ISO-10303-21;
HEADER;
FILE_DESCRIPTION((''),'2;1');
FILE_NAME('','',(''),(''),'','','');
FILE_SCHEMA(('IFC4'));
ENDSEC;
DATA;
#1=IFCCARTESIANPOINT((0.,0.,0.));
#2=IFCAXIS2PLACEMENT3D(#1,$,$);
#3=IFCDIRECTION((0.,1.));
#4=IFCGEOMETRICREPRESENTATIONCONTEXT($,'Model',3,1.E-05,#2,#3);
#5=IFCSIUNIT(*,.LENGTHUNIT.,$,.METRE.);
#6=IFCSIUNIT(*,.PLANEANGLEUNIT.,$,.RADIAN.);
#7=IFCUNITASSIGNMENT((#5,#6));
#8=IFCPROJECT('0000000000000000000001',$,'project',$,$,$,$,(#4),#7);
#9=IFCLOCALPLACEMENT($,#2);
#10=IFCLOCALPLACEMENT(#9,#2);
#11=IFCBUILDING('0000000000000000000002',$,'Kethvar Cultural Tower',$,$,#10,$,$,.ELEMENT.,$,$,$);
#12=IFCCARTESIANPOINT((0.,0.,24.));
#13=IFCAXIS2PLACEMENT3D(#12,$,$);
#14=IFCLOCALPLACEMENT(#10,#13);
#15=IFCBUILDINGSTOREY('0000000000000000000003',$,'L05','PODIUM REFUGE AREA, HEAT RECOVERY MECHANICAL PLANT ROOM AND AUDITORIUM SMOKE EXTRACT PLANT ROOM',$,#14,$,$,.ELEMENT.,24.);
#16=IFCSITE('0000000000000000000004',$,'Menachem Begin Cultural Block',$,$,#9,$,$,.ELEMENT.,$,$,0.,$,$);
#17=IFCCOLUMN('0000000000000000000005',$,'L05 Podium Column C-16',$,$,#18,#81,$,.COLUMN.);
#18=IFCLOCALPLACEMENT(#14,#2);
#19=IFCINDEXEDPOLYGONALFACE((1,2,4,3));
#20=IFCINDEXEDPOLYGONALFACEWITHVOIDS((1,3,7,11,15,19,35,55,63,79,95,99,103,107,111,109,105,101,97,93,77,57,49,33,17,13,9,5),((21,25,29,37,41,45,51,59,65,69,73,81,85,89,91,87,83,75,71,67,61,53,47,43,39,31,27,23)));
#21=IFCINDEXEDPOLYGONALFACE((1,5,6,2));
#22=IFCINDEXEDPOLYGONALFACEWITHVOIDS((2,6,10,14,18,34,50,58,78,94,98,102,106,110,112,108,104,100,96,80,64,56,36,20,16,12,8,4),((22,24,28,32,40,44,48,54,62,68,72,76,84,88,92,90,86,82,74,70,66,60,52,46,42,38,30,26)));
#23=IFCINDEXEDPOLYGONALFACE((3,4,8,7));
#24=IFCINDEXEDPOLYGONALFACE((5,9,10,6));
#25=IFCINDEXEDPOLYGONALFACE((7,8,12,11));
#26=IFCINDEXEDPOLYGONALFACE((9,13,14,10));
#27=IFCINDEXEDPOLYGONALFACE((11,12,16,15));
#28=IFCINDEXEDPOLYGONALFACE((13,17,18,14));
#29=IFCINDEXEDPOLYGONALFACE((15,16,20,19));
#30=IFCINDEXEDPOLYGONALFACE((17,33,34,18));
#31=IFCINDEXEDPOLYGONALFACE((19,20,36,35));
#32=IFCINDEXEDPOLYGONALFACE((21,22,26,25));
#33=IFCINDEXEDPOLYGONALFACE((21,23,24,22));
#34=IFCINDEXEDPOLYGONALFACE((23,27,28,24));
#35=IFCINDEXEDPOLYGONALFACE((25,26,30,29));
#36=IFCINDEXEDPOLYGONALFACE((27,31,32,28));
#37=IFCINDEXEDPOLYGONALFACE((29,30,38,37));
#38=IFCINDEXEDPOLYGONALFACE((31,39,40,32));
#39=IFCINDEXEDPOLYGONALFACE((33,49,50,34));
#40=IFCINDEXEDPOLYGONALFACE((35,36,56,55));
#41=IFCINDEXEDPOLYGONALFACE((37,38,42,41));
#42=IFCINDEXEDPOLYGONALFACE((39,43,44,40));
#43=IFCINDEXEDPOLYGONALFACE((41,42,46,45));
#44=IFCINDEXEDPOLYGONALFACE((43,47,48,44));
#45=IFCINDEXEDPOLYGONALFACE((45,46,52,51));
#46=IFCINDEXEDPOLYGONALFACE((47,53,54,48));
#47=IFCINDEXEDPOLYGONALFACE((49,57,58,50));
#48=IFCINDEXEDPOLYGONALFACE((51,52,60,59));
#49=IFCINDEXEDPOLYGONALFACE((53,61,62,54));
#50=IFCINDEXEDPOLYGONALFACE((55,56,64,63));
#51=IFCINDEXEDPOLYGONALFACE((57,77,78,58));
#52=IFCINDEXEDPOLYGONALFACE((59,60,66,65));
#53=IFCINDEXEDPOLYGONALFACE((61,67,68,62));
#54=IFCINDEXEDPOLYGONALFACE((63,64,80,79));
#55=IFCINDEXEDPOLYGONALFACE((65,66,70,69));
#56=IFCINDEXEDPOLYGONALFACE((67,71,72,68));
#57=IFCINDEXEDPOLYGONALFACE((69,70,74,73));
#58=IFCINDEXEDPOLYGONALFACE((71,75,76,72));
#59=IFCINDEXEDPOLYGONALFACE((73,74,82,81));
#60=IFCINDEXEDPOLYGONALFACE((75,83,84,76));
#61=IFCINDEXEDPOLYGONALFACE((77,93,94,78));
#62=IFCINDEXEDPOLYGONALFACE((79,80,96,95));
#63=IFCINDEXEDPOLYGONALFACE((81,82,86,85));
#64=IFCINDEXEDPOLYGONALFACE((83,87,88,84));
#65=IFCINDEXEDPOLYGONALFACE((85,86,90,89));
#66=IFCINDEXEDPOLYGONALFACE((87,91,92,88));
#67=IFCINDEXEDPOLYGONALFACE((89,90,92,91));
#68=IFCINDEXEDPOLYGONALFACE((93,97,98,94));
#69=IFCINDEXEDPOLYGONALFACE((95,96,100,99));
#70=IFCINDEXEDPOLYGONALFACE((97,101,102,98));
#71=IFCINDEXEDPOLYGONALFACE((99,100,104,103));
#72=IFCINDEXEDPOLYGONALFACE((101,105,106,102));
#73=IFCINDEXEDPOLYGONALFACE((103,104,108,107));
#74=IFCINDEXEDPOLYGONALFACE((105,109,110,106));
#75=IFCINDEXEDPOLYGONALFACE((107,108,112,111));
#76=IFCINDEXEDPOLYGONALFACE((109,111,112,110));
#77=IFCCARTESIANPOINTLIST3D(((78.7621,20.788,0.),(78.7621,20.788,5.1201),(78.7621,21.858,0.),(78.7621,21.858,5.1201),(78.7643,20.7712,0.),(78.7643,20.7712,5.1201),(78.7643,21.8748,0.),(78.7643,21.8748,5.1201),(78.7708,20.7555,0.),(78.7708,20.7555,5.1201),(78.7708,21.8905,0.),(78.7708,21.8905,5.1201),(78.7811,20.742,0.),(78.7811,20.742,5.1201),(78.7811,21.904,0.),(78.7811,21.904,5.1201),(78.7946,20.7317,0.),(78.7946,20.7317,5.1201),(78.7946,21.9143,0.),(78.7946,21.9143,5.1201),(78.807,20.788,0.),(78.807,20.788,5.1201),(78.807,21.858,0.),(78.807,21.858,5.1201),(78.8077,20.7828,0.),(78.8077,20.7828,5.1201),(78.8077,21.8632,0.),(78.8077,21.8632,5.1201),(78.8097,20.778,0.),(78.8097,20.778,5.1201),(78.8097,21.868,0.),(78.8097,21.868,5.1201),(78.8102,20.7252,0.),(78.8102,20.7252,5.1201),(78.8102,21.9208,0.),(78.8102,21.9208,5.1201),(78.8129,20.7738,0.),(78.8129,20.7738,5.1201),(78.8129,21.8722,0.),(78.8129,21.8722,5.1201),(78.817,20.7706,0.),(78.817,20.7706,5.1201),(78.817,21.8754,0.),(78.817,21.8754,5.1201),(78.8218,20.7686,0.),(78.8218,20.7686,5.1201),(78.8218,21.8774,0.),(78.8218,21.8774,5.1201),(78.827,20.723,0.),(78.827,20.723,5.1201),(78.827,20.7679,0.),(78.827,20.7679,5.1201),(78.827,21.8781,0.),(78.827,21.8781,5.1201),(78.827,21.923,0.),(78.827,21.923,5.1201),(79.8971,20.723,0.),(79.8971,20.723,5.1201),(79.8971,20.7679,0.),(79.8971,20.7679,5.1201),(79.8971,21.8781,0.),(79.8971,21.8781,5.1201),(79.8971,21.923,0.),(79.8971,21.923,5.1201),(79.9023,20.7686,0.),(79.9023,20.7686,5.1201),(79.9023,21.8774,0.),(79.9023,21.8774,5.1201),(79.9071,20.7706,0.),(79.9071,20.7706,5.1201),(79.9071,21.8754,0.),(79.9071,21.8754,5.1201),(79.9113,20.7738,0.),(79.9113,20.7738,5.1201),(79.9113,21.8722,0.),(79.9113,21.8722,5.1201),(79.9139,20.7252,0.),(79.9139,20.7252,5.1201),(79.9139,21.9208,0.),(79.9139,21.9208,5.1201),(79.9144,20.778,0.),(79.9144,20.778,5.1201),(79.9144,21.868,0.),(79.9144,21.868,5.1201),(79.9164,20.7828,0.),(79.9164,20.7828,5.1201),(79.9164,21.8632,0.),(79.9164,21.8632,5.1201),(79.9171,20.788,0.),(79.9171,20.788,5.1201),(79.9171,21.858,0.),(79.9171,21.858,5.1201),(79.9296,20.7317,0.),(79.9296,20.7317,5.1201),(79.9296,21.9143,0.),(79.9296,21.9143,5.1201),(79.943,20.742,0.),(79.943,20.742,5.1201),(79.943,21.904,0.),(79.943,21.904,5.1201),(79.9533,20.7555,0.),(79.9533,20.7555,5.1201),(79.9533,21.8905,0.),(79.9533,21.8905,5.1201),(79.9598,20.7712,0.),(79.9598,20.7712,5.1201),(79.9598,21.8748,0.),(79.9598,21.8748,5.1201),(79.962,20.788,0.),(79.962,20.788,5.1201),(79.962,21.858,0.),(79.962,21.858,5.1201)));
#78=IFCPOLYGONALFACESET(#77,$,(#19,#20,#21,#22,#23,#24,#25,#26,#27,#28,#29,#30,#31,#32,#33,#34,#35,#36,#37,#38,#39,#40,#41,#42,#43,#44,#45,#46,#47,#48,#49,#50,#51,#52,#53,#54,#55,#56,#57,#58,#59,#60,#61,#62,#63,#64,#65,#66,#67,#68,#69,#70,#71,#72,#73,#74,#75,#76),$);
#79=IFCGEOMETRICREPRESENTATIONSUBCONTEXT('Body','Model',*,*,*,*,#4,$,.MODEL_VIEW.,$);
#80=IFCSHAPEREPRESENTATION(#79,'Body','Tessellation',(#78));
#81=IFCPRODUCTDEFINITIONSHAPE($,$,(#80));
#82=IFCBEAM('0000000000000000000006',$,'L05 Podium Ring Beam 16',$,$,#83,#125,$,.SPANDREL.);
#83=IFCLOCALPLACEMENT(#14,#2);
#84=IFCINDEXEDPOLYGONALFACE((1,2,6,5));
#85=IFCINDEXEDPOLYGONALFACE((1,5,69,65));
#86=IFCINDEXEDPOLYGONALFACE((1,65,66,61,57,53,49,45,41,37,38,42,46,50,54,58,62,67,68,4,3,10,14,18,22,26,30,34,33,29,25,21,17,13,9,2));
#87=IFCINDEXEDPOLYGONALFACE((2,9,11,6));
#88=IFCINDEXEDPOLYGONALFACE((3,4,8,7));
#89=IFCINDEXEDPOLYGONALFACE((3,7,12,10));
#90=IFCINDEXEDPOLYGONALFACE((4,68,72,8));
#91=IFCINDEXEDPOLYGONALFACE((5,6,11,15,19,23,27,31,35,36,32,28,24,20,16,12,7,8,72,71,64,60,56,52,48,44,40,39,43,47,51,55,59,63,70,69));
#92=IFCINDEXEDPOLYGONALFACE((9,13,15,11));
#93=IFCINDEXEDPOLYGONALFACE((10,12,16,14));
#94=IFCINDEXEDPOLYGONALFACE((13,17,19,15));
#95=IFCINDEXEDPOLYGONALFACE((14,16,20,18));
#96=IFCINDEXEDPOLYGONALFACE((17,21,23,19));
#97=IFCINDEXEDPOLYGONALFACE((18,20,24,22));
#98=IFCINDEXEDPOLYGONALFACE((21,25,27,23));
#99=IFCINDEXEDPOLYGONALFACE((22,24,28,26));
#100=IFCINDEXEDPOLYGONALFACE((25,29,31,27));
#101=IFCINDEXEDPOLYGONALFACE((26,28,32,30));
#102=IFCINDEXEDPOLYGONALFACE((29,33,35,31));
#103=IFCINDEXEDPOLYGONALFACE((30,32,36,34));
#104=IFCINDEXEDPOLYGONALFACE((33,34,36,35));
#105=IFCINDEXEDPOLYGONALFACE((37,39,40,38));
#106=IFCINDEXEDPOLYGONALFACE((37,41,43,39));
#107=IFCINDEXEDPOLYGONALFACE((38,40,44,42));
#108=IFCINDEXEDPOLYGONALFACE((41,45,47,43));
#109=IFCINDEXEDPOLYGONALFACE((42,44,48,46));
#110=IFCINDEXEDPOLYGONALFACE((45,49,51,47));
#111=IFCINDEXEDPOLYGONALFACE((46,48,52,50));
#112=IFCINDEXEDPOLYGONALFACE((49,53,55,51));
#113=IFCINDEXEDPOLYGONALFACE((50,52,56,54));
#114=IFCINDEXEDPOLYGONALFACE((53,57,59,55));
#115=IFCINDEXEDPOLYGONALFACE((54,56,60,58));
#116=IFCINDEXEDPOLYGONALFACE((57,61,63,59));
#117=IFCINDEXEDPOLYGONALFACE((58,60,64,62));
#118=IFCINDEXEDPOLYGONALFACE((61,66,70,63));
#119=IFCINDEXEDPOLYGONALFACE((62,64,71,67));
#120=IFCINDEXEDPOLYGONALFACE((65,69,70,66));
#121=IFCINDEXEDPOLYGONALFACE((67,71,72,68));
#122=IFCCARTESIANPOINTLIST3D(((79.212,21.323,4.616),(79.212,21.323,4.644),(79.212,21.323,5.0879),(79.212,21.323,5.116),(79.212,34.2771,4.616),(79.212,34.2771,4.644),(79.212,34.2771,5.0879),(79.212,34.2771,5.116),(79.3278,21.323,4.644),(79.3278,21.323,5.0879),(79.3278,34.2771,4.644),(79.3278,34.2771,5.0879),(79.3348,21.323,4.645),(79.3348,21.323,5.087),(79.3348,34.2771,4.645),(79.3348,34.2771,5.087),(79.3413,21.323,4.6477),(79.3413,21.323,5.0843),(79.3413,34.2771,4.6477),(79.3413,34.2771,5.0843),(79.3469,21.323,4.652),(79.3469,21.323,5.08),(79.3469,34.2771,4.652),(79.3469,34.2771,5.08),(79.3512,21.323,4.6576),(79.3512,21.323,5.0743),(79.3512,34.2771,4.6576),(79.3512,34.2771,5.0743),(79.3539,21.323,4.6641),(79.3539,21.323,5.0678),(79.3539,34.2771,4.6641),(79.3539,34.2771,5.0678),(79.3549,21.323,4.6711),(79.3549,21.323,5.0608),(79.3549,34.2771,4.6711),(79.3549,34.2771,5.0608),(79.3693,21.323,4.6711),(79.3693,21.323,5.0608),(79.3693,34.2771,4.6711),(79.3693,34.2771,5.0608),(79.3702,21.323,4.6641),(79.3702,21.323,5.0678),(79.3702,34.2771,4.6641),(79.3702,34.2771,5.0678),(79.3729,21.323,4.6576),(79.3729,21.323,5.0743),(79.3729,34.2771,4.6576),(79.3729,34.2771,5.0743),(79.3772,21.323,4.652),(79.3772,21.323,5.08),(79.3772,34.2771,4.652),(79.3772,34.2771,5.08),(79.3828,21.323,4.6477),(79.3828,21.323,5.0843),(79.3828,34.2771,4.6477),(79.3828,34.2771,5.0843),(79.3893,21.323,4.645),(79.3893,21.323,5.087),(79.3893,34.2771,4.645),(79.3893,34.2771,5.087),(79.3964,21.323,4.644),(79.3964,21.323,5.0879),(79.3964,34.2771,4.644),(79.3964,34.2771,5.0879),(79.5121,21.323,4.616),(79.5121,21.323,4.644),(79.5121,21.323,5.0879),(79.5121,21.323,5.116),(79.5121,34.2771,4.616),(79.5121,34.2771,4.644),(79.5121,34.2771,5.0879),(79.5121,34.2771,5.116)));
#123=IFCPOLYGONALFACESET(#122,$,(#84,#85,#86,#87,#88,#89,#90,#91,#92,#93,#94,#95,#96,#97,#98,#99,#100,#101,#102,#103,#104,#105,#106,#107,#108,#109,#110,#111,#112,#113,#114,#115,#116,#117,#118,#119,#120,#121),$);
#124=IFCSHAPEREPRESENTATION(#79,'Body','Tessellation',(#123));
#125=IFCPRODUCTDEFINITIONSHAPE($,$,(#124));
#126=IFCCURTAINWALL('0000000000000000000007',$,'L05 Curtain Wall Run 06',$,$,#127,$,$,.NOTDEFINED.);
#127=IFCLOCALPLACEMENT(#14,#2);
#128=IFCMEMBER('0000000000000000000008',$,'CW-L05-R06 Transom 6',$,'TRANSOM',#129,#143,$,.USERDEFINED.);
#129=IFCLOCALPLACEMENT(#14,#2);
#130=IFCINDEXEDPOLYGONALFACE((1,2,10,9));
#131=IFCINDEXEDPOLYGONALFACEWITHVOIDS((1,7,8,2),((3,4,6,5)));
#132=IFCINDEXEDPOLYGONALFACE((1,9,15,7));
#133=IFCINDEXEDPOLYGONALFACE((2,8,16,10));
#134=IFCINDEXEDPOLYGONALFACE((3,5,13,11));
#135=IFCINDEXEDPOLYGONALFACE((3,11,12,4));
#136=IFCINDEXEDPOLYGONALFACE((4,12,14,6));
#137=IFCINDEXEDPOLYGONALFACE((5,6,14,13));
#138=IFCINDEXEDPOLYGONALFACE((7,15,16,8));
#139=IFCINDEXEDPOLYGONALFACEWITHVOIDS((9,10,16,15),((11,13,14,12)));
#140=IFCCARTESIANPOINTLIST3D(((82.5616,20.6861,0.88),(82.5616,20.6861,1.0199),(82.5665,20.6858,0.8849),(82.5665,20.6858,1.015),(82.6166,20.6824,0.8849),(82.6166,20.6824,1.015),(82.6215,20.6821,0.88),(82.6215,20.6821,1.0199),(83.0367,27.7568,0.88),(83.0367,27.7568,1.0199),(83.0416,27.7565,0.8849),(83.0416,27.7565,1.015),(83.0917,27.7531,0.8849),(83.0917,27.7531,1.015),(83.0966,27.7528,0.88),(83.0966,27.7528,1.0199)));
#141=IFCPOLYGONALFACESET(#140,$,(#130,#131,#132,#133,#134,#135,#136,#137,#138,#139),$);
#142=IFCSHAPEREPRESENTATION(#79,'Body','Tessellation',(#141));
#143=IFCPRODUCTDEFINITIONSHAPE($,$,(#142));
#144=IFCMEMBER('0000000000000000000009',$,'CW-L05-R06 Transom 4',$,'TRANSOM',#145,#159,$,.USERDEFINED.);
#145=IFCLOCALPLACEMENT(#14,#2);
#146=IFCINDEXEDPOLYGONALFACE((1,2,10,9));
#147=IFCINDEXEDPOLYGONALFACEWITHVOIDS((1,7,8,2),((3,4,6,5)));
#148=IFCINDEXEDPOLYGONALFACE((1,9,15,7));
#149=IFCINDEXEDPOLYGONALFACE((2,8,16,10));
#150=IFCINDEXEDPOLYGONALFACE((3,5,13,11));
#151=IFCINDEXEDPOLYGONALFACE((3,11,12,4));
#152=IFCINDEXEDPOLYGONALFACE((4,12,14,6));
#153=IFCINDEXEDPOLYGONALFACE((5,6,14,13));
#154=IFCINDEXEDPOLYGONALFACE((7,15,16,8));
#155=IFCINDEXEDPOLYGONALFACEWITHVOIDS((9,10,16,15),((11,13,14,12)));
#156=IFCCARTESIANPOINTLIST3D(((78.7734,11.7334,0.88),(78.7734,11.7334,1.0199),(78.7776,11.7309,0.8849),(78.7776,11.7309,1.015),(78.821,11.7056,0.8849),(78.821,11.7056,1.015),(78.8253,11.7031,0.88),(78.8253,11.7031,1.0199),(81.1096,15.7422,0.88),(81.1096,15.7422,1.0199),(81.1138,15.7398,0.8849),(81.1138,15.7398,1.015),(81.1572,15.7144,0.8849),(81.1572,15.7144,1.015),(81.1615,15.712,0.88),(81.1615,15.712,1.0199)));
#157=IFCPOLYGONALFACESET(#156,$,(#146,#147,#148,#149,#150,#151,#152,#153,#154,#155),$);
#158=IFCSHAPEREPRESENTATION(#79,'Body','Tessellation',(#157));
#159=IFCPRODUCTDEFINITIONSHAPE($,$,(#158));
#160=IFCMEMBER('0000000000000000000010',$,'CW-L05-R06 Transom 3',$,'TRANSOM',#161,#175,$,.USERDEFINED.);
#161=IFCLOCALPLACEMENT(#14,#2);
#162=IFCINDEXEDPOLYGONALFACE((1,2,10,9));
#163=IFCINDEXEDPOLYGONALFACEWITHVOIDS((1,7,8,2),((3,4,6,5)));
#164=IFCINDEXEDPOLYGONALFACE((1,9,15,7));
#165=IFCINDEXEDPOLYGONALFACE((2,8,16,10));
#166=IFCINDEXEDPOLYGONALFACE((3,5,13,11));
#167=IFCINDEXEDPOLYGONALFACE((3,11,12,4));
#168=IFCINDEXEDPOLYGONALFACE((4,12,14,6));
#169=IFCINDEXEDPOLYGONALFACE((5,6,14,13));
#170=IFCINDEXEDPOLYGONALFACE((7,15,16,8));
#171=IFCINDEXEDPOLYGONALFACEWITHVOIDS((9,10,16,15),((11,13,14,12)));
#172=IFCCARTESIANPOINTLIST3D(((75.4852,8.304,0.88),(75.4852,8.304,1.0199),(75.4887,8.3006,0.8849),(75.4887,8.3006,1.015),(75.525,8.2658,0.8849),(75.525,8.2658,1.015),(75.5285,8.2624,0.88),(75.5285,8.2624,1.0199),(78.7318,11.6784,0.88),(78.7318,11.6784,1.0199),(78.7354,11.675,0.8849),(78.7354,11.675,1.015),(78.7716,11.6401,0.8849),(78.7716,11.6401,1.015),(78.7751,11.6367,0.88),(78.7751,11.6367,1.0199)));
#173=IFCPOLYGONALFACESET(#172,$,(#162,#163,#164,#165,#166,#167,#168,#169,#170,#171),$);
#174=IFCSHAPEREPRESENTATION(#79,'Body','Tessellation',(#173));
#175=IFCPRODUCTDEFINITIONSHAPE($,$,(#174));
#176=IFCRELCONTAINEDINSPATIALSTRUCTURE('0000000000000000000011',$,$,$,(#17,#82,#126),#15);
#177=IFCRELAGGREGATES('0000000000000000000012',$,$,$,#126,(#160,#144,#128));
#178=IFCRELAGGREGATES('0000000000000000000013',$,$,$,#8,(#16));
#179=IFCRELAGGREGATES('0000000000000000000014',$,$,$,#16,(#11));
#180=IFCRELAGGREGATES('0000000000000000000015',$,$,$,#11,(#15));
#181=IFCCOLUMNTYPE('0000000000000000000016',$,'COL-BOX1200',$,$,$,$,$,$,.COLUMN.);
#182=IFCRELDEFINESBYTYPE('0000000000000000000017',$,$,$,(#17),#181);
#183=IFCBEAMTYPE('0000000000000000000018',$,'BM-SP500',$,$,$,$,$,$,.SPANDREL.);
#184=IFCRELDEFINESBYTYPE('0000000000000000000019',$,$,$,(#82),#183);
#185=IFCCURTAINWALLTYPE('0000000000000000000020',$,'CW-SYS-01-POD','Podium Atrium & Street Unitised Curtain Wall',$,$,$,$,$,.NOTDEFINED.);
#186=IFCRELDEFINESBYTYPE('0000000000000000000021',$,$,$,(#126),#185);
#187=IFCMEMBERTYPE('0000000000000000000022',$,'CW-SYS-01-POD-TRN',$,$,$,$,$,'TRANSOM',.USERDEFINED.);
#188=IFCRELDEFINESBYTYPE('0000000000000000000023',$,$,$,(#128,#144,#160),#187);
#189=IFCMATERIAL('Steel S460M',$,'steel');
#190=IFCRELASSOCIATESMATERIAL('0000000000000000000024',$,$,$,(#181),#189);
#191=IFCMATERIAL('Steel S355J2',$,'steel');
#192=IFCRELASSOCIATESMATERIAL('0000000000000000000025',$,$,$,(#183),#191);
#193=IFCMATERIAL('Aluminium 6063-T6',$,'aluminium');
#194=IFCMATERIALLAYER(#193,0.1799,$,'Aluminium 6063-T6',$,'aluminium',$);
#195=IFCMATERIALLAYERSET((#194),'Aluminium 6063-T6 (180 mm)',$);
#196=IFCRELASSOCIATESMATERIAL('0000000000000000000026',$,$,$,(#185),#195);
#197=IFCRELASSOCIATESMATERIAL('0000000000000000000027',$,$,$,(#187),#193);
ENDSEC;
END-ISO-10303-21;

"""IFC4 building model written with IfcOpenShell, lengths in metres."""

from ifc_helpers import new_model, si_unit, direction, frame, origin, origin_2d, place, context, subcontext, project, spatial, hollow_rectangle, i_section, extrude, source, transform, mapped, material, layer, layer_set, material_profile, profile_set, type_object, element, aggregate, save


model = new_model("IFC4")

# Units and contexts
model_context = context("Model", 3, precision=1e-05, world=origin(), true_north=direction((0.0, 1.0)))
body_context = subcontext(model_context, "Body", "Model", "MODEL_VIEW")
ifc_project = project(units=[si_unit("LENGTHUNIT", "METRE"), si_unit("PLANEANGLEUNIT", "RADIAN")], contexts=[model_context])

# Site, building, storey
site_placement = place(None, origin())
site = spatial("IfcSite", under=ifc_project, at=site_placement, Name="Menachem Begin Cultural Block", CompositionType="ELEMENT", RefElevation=0.0)
building_placement = place(site_placement, origin())
building = spatial("IfcBuilding", under=site, at=building_placement, Name="Kethvar Cultural Tower", CompositionType="ELEMENT")
storey_placement = place(building_placement, frame((0.0, 0.0, 24.0)))
storey = spatial("IfcBuildingStorey", under=building, at=storey_placement, Name="L05", Description="PODIUM REFUGE AREA, HEAT RECOVERY MECHANICAL PLANT ROOM AND AUDITORIUM SMOKE EXTRACT PLANT ROOM", CompositionType="ELEMENT", Elevation=24.0)

# Column
ifc_material_1 = material(Name="Steel S460M", Category="steel")
ifc_material_profile_1 = material_profile(ifc_material_1, hollow_rectangle(XDim=1.2, YDim=1.2, WallThickness=0.0449, InnerFilletRadius=0.02, OuterFilletRadius=0.0649, at=origin_2d()), Name="Steel S460M — BOX1200x1200x45")
ifc_profile_set_1 = profile_set([ifc_material_profile_1], Name="Steel S460M — BOX1200x1200x45")
column_type = type_object("IfcColumnType", Name="COL-BOX1200", PredefinedType="COLUMN", material=ifc_profile_set_1)
shared_shape_1 = source(origin(), body_context, "Body", "SweptSolid", [
    extrude(hollow_rectangle(XDim=1.2, YDim=1.2, WallThickness=0.0449, InnerFilletRadius=0.02, OuterFilletRadius=0.0649, at=origin_2d()), origin(), (0.0, 0.0, 1.0), 5.1201),
])
column_placement = place(storey_placement, frame((79.3621, 21.323, 0.0), z_axis=(0.0, 0.0, 1.0), x_axis=(1.0, 0.0, 0.0)))
element("IfcColumn", 1, at=column_placement, inside=storey, type_object=column_type, Name="L05 Podium Column C-16", PredefinedType="COLUMN", context=body_context, shape_type="MappedRepresentation", body=[
    mapped(shared_shape_1, transform((0.0, 0.0, 0.0), scale=1.0)),
])

# Beam
ifc_material_2 = material(Name="Steel S355J2", Category="steel")
ifc_material_profile_2 = material_profile(ifc_material_2, i_section(OverallWidth=0.3, OverallDepth=0.5, WebThickness=0.0144, FlangeThickness=0.0281, FilletRadius=0.0271, at=origin_2d()), Name="Steel S355J2 — HEB500")
ifc_profile_set_2 = profile_set([ifc_material_profile_2], Name="Steel S355J2 — HEB500")
beam_type = type_object("IfcBeamType", Name="BM-SP500", PredefinedType="SPANDREL", material=ifc_profile_set_2)
shared_shape_2 = source(origin(), body_context, "Body", "SweptSolid", [
    extrude(i_section(OverallWidth=0.3, OverallDepth=0.5, WebThickness=0.0144, FlangeThickness=0.0281, FilletRadius=0.0271, at=origin_2d()), origin(), (0.0, 0.0, 1.0), 12.9541),
])
beam_placement = place(storey_placement, frame((79.3621, 21.323, 4.866), z_axis=(0.0, 1.0, 0.0), x_axis=(-1.0, 0.0, 0.0)))
element("IfcBeam", 2, at=beam_placement, inside=storey, type_object=beam_type, Name="L05 Podium Ring Beam 16", PredefinedType="SPANDREL", context=body_context, shape_type="MappedRepresentation", body=[
    mapped(shared_shape_2, transform((0.0, 0.0, 0.0), scale=1.0)),
])

# Curtain wall, members
ifc_material_3 = material(Name="Aluminium 6063-T6", Category="aluminium")
ifc_layer_1 = layer(ifc_material_3, 0.1799, Name="Aluminium 6063-T6", Category="aluminium")
ifc_layer_set_1 = layer_set([ifc_layer_1], Name="Aluminium 6063-T6 (180 mm)")
curtain_wall_type = type_object("IfcCurtainWallType", Name="CW-SYS-01-POD", Description="Podium Atrium & Street Unitised Curtain Wall", PredefinedType="NOTDEFINED", material=ifc_layer_set_1)
curtain_wall_placement = place(storey_placement, origin())
curtain_wall = element("IfcCurtainWall", 3, at=curtain_wall_placement, inside=storey, type_object=curtain_wall_type, Name="L05 Curtain Wall Run 06", PredefinedType="NOTDEFINED")
ifc_material_profile_3 = material_profile(ifc_material_3, hollow_rectangle(XDim=0.0601, YDim=0.1399, WallThickness=0.0049, at=origin_2d()), Name="Aluminium 6063-T6 — RHS140x60x5")
ifc_profile_set_3 = profile_set([ifc_material_profile_3], Name="Aluminium 6063-T6 — RHS140x60x5")
member_type_1 = type_object("IfcMemberType", Name="CW-SYS-01-POD-TRN", ElementType="TRANSOM", PredefinedType="USERDEFINED", material=ifc_profile_set_3)
shared_shape_3 = source(origin(), body_context, "Body", "SweptSolid", [
    extrude(hollow_rectangle(XDim=0.0601, YDim=0.1399, WallThickness=0.0049, at=origin_2d()), origin(), (0.0, 0.0, 1.0), 7.0867),
])
member_1_placement = place(storey_placement, frame((82.5916, 20.6841, 0.95), z_axis=(0.06704, 0.99775, 0.0), x_axis=(-0.99775, 0.06704, 0.0)))
member_1 = element("IfcMember", 4, at=member_1_placement, type_object=member_type_1, Name="CW-L05-R06 Transom 6", ObjectType="TRANSOM", PredefinedType="USERDEFINED", context=body_context, shape_type="MappedRepresentation", body=[
    mapped(shared_shape_3, transform((0.0, 0.0, 0.0), scale=1.0)),
])
shared_shape_4 = source(origin(), body_context, "Body", "SweptSolid", [
    extrude(hollow_rectangle(XDim=0.0601, YDim=0.1399, WallThickness=0.0049, at=origin_2d()), origin(), (0.0, 0.0, 1.0), 4.6399),
])
member_2_placement = place(storey_placement, frame((78.7993, 11.7183, 0.95), z_axis=(0.503505, 0.863993, 0.0), x_axis=(-0.863993, 0.503505, 0.0)))
member_2 = element("IfcMember", 5, at=member_2_placement, type_object=member_type_1, Name="CW-L05-R06 Transom 4", ObjectType="TRANSOM", PredefinedType="USERDEFINED", context=body_context, shape_type="MappedRepresentation", body=[
    mapped(shared_shape_4, transform((0.0, 0.0, 0.0), scale=1.0)),
])
shared_shape_5 = source(origin(), body_context, "Body", "SweptSolid", [
    extrude(hollow_rectangle(XDim=0.0601, YDim=0.1399, WallThickness=0.0049, at=origin_2d()), origin(), (0.0, 0.0, 1.0), 4.6826),
])
member_3_placement = place(storey_placement, frame((75.5068, 8.2832, 0.95), z_axis=(0.693341, 0.72061, 0.0), x_axis=(-0.72061, 0.693341, 0.0)))
member_3 = element("IfcMember", 6, at=member_3_placement, type_object=member_type_1, Name="CW-L05-R06 Transom 3", ObjectType="TRANSOM", PredefinedType="USERDEFINED", context=body_context, shape_type="MappedRepresentation", body=[
    mapped(shared_shape_5, transform((0.0, 0.0, 0.0), scale=1.0)),
])

aggregate(curtain_wall, [member_3, member_2, member_1])

save(model, "model.ifc")
